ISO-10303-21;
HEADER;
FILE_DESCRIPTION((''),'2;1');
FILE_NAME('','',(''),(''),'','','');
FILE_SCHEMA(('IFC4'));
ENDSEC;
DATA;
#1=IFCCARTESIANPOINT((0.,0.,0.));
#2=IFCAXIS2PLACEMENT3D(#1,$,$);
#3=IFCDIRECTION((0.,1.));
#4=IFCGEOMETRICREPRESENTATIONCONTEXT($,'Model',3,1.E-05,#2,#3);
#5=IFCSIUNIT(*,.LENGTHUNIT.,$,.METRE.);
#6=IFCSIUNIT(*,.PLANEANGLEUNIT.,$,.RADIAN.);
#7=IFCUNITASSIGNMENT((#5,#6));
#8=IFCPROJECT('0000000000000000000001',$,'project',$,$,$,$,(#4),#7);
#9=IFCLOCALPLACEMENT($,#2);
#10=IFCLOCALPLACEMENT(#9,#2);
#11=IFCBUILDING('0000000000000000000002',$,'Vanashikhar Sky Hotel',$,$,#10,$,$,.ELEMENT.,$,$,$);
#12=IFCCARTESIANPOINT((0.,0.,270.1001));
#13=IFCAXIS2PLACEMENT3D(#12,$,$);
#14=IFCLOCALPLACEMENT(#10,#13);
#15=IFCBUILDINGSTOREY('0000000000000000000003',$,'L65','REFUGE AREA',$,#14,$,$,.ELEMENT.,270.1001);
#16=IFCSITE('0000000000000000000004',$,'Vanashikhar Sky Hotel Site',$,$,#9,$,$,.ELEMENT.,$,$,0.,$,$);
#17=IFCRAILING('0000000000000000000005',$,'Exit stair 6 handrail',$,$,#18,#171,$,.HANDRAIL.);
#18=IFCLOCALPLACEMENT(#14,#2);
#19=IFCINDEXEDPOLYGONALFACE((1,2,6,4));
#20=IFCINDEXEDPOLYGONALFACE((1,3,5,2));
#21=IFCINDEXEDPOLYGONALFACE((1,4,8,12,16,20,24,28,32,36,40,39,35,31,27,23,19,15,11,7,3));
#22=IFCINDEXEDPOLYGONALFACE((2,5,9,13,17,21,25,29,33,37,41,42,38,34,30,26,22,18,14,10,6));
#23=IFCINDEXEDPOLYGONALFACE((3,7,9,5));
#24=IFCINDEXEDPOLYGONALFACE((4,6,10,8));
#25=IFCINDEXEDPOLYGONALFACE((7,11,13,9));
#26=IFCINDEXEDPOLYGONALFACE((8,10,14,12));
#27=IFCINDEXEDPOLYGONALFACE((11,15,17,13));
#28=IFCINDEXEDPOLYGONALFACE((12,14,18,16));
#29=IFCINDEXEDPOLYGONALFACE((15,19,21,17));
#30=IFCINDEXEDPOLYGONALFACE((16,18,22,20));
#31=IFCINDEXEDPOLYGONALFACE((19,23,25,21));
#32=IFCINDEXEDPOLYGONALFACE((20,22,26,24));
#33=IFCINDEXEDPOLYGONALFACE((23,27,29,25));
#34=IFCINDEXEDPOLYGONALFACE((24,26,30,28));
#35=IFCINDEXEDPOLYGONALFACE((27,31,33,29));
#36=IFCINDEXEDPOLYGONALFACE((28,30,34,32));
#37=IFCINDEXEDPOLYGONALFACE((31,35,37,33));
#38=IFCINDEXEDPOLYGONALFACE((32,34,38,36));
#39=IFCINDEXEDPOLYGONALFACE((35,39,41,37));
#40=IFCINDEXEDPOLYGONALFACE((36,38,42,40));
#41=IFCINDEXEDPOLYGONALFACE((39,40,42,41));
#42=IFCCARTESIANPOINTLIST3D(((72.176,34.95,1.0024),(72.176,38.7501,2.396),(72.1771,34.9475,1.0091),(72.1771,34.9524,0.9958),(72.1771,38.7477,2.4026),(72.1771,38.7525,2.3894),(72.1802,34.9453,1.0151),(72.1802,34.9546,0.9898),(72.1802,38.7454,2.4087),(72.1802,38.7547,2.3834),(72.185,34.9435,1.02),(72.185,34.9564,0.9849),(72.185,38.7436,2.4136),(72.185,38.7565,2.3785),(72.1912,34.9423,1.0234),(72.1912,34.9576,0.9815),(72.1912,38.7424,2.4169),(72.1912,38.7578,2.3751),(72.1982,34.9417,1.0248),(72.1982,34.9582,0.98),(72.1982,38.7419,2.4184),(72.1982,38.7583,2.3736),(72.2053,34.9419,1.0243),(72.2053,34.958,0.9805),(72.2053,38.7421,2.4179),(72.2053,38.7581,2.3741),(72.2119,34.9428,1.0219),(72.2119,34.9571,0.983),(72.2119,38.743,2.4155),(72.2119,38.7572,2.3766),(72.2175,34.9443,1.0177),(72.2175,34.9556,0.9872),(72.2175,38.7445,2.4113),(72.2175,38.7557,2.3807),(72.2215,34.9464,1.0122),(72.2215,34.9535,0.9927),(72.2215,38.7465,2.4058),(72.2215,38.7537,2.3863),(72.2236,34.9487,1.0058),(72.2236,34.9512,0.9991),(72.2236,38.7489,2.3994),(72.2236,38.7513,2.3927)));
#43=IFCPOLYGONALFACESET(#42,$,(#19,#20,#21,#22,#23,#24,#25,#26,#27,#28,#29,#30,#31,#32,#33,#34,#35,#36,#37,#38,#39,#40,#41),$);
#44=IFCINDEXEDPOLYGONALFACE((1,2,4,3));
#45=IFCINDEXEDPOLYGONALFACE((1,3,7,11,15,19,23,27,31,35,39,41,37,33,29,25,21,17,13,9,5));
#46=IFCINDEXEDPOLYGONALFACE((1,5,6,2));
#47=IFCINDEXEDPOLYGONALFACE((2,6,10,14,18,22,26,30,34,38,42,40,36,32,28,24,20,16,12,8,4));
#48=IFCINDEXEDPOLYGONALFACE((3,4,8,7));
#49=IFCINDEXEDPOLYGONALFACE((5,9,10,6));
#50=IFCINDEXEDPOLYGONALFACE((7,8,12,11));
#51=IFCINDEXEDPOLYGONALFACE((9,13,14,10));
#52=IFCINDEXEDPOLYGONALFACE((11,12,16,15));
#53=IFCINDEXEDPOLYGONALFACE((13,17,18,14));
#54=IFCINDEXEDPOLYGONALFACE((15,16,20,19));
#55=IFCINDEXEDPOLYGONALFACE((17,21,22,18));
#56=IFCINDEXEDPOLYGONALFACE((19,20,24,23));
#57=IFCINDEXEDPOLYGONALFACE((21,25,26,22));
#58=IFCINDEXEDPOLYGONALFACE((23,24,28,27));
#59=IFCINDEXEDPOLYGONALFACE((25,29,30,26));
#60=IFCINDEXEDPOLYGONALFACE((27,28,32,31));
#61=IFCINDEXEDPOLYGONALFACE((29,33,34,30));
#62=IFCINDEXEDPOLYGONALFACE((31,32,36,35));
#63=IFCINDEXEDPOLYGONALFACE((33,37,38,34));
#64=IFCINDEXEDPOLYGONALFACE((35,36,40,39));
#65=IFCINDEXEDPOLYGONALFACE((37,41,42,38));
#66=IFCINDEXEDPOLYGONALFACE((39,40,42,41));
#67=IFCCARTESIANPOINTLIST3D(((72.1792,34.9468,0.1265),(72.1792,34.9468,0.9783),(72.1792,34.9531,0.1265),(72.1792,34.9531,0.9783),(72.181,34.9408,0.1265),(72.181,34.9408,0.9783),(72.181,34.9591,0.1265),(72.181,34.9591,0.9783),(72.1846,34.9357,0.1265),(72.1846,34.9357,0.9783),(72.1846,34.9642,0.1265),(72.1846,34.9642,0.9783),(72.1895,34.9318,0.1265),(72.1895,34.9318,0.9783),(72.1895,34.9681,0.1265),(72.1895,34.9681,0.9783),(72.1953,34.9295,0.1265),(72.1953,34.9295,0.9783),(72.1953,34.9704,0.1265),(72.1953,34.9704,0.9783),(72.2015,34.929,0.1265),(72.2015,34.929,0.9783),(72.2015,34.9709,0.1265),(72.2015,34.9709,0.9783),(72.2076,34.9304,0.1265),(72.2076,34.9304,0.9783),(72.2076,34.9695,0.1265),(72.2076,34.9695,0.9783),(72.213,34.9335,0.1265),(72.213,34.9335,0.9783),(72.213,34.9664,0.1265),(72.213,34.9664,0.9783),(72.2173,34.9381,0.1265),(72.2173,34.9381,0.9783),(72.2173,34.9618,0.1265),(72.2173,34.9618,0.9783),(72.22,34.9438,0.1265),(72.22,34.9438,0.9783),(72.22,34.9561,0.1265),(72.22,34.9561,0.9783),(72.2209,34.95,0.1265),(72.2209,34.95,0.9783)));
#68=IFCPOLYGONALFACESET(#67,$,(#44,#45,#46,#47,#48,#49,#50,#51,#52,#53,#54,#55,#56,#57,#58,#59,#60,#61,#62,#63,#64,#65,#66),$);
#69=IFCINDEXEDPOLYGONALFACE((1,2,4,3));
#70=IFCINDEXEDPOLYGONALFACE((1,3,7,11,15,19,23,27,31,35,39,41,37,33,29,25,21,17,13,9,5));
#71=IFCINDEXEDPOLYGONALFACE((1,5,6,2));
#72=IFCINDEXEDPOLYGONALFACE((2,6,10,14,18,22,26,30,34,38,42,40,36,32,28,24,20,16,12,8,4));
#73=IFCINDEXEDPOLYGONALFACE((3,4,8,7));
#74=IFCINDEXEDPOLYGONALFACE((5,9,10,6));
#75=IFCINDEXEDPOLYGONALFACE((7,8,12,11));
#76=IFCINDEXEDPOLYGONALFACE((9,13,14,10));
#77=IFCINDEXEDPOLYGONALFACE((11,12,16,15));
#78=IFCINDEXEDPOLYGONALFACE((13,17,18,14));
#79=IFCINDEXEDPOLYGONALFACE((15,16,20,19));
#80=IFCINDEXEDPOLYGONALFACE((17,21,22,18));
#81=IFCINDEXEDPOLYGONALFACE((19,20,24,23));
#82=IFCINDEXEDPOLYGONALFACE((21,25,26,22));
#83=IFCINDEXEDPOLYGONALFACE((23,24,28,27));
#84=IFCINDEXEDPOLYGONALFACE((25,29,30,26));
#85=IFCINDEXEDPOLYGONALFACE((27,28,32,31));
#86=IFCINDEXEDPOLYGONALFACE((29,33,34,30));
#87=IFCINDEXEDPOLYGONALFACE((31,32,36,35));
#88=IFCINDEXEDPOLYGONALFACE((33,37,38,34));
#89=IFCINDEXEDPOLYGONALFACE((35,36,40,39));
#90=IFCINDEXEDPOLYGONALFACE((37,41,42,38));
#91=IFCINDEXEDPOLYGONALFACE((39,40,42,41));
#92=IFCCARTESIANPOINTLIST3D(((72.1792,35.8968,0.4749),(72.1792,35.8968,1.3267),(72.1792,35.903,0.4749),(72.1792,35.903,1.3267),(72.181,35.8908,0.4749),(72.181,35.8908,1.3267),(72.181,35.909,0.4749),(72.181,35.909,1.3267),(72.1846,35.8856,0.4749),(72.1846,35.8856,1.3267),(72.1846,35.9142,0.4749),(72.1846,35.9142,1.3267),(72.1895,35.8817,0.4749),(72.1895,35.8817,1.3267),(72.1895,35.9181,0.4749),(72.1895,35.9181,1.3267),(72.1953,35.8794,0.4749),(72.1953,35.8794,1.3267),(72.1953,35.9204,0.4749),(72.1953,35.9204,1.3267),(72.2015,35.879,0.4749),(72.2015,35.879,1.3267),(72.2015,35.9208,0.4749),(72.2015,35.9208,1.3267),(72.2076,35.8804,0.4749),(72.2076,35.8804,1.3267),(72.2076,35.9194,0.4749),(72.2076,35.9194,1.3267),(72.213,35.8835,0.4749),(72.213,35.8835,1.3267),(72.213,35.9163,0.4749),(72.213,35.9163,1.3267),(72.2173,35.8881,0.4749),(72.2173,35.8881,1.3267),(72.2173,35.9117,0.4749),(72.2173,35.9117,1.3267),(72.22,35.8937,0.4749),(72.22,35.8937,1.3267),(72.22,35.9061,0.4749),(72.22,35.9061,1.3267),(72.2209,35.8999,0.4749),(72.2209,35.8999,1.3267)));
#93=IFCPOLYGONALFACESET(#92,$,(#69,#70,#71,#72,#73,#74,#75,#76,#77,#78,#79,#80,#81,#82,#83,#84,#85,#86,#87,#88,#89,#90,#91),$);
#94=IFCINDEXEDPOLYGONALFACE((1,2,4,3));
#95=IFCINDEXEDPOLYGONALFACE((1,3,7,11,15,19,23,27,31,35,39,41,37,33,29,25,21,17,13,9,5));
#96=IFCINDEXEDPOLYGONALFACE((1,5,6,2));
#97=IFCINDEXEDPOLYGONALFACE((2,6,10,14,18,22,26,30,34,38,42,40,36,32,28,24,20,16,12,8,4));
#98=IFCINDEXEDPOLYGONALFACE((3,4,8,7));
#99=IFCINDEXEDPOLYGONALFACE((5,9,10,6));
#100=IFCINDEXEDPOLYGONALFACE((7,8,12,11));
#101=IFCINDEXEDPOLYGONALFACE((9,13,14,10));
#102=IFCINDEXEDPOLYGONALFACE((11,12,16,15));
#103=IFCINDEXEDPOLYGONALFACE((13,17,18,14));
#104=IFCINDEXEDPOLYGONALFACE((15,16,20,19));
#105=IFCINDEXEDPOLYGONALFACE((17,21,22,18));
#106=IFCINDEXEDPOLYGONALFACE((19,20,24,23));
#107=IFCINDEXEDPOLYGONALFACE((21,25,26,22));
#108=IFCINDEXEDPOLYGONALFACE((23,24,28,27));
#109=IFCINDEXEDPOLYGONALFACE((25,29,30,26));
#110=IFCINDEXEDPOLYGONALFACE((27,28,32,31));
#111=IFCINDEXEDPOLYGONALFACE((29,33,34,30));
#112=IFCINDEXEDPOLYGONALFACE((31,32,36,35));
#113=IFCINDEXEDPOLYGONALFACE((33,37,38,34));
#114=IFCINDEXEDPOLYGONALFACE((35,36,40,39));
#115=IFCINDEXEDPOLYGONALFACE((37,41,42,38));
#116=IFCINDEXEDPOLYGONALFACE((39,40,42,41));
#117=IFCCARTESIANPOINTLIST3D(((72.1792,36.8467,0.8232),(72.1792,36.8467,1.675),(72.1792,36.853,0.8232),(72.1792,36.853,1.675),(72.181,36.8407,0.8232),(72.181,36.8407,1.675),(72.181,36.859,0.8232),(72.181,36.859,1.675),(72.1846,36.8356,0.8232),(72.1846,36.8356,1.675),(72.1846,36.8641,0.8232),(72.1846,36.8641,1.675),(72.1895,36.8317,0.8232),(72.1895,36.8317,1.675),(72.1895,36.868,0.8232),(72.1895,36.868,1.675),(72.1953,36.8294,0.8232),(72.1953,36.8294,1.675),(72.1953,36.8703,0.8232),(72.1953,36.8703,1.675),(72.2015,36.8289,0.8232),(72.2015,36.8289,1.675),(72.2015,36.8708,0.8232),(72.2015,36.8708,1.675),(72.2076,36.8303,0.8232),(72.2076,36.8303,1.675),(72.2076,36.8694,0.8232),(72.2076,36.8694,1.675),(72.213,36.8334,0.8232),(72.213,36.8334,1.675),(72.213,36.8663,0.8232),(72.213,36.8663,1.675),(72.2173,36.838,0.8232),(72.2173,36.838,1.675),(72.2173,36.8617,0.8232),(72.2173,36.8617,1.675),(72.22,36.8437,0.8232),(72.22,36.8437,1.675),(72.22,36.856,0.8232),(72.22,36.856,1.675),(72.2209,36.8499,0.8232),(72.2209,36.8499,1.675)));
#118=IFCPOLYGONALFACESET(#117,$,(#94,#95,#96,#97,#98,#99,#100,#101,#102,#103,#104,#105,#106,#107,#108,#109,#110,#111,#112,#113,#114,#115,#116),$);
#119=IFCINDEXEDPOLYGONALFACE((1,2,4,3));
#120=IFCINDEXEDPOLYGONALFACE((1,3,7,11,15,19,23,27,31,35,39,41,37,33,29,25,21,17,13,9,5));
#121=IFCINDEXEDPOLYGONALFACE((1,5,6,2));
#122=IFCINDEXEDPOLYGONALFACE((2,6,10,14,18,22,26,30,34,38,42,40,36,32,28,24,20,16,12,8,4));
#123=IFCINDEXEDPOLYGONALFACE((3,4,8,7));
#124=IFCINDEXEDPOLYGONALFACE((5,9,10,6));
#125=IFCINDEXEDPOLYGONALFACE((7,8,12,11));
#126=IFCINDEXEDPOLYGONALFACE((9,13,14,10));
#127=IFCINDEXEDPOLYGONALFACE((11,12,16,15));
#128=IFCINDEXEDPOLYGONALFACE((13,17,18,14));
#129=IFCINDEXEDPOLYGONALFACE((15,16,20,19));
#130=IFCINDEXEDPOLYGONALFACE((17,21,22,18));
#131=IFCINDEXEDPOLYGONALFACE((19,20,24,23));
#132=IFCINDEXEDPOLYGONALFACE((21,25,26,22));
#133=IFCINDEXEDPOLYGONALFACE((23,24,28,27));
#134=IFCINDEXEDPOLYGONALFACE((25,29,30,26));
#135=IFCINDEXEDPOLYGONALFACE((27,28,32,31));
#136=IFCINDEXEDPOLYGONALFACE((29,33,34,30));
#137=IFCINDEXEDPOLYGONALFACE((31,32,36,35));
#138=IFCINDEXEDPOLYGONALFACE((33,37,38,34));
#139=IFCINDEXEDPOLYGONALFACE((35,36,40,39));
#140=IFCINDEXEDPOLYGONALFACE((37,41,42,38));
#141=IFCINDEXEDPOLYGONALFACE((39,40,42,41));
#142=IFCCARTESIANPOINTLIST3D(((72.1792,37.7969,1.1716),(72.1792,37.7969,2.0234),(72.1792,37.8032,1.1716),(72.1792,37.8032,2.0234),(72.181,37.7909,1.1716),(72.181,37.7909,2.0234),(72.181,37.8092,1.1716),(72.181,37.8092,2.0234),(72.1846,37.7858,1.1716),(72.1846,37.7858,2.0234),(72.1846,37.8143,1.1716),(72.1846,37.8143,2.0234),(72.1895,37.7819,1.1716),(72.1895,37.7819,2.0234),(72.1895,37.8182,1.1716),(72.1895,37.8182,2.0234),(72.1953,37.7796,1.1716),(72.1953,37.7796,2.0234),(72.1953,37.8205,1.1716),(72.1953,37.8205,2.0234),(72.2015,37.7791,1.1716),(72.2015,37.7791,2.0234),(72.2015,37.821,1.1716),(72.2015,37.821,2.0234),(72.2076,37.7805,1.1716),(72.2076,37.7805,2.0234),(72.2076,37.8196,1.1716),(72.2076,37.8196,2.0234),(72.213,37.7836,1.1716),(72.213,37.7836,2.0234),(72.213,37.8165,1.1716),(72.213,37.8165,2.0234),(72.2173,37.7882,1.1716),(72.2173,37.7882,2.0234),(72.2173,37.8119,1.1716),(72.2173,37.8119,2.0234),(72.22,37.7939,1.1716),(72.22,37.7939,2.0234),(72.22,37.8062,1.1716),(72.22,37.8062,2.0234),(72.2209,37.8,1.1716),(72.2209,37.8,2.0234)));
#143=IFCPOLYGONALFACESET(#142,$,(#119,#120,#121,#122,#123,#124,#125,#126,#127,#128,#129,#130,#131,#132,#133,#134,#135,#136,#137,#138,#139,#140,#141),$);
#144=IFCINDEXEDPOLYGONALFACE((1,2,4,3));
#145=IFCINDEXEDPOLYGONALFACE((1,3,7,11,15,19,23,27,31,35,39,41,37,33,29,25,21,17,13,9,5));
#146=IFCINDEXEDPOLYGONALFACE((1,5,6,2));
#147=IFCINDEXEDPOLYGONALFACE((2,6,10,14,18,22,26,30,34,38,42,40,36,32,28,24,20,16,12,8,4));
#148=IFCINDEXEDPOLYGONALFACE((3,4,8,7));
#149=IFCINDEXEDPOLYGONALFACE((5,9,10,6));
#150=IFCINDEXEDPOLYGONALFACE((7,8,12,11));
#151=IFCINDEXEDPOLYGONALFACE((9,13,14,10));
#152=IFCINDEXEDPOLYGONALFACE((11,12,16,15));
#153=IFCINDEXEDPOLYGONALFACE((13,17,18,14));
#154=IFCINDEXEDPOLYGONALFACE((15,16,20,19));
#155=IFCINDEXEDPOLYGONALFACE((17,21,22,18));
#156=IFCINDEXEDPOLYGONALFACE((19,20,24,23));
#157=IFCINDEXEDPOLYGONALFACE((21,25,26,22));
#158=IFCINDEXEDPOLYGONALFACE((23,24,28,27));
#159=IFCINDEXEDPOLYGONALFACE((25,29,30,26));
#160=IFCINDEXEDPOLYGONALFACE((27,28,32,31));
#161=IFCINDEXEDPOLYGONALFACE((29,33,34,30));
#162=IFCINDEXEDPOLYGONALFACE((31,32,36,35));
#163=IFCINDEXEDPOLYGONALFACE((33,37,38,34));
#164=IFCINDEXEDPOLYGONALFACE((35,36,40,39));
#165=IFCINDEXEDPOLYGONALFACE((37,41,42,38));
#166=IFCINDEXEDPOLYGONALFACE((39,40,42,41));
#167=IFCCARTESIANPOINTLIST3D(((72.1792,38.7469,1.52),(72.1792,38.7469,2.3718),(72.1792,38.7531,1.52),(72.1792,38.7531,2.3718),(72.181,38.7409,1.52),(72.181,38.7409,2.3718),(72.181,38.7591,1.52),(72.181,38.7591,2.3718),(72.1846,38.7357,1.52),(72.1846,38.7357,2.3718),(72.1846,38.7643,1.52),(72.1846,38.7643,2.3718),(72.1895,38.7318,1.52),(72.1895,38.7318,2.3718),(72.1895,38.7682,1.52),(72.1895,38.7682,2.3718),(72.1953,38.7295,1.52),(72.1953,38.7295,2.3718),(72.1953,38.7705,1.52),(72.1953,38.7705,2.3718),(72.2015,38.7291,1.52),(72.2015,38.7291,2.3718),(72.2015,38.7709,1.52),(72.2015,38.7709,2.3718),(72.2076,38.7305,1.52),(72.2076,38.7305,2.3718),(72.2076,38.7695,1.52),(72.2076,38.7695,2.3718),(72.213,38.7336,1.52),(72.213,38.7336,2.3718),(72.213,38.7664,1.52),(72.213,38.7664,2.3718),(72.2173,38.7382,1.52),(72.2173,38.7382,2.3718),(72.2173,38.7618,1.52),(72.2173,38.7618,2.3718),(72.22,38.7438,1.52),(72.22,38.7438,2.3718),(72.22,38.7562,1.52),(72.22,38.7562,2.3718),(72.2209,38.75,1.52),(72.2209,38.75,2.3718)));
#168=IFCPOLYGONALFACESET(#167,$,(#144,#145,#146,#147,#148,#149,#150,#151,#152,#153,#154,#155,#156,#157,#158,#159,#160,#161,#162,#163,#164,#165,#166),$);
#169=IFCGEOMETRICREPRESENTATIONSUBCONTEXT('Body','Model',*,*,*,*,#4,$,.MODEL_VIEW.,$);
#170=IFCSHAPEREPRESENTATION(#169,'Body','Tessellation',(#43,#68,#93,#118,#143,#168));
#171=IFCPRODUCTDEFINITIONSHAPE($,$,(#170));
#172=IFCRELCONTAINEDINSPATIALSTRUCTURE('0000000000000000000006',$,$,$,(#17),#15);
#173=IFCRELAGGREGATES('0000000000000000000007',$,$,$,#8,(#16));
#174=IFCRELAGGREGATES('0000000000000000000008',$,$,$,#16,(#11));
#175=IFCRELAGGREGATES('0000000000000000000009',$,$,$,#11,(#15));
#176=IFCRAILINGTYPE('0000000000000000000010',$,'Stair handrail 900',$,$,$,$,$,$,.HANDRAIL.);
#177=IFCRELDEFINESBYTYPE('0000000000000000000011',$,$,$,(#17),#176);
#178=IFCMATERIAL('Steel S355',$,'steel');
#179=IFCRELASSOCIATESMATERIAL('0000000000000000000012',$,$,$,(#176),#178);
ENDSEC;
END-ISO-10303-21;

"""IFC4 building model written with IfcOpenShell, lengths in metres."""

from ifc_helpers import new_model, si_unit, direction, frame, origin, origin_2d, place, context, subcontext, project, spatial, circle, extrude, source, transform, mapped, material, type_object, element, save


model = new_model("IFC4")

# Units and contexts
model_context = context("Model", 3, precision=1e-05, world=origin(), true_north=direction((0.0, 1.0)))
body_context = subcontext(model_context, "Body", "Model", "MODEL_VIEW")
ifc_project = project(units=[si_unit("LENGTHUNIT", "METRE"), si_unit("PLANEANGLEUNIT", "RADIAN")], contexts=[model_context])

# Site, building, storey
site_placement = place(None, origin())
site = spatial("IfcSite", under=ifc_project, at=site_placement, Name="Vanashikhar Sky Hotel Site", CompositionType="ELEMENT", RefElevation=0.0)
building_placement = place(site_placement, origin())
building = spatial("IfcBuilding", under=site, at=building_placement, Name="Vanashikhar Sky Hotel", CompositionType="ELEMENT")
storey_placement = place(building_placement, frame((0.0, 0.0, 270.1001)))
storey = spatial("IfcBuildingStorey", under=building, at=storey_placement, Name="L65", Description="REFUGE AREA", CompositionType="ELEMENT", Elevation=270.1001)

# Railing
ifc_material_1 = material(Name="Steel S355", Category="steel")
railing_type_1 = type_object("IfcRailingType", Name="Stair handrail 900", PredefinedType="HANDRAIL", material=ifc_material_1)
shared_shape_1 = source(origin(), body_context, "Body", "SweptSolid", [
    extrude(circle(Radius=0.0239, at=origin_2d()), frame((0.0, 0.0, 0.876), z_axis=(0.0, 0.93886, 0.344299), x_axis=(-1.0, 0.0, 0.0)), (0.0, 0.0, 1.0), 4.0476),
    extrude(circle(Radius=0.021, at=origin_2d()), origin(), (0.0, 0.0, 1.0), 0.8518),
    extrude(circle(Radius=0.021, at=origin_2d()), frame((0.0, 0.95, 0.3484)), (0.0, 0.0, 1.0), 0.8518),
    extrude(circle(Radius=0.021, at=origin_2d()), frame((0.0, 1.8999, 0.6968)), (0.0, 0.0, 1.0), 0.8518),
    extrude(circle(Radius=0.021, at=origin_2d()), frame((0.0, 2.8501, 1.0452)), (0.0, 0.0, 1.0), 0.8518),
    extrude(circle(Radius=0.021, at=origin_2d()), frame((0.0, 3.8, 1.3936)), (0.0, 0.0, 1.0), 0.8518),
])
for number, where, name in (
    (1, (72.2, 34.95, 0.1265), "Exit stair 6 handrail"),
):
    element("IfcRailing", number, at=place(storey_placement, frame(where)), inside=storey, type_object=railing_type_1, Name=name, PredefinedType="HANDRAIL", context=body_context, shape_type="MappedRepresentation", body=[
        mapped(shared_shape_1, transform((0.0, 0.0, 0.0), scale=1.0)),
    ])

save(model, "model.ifc")
